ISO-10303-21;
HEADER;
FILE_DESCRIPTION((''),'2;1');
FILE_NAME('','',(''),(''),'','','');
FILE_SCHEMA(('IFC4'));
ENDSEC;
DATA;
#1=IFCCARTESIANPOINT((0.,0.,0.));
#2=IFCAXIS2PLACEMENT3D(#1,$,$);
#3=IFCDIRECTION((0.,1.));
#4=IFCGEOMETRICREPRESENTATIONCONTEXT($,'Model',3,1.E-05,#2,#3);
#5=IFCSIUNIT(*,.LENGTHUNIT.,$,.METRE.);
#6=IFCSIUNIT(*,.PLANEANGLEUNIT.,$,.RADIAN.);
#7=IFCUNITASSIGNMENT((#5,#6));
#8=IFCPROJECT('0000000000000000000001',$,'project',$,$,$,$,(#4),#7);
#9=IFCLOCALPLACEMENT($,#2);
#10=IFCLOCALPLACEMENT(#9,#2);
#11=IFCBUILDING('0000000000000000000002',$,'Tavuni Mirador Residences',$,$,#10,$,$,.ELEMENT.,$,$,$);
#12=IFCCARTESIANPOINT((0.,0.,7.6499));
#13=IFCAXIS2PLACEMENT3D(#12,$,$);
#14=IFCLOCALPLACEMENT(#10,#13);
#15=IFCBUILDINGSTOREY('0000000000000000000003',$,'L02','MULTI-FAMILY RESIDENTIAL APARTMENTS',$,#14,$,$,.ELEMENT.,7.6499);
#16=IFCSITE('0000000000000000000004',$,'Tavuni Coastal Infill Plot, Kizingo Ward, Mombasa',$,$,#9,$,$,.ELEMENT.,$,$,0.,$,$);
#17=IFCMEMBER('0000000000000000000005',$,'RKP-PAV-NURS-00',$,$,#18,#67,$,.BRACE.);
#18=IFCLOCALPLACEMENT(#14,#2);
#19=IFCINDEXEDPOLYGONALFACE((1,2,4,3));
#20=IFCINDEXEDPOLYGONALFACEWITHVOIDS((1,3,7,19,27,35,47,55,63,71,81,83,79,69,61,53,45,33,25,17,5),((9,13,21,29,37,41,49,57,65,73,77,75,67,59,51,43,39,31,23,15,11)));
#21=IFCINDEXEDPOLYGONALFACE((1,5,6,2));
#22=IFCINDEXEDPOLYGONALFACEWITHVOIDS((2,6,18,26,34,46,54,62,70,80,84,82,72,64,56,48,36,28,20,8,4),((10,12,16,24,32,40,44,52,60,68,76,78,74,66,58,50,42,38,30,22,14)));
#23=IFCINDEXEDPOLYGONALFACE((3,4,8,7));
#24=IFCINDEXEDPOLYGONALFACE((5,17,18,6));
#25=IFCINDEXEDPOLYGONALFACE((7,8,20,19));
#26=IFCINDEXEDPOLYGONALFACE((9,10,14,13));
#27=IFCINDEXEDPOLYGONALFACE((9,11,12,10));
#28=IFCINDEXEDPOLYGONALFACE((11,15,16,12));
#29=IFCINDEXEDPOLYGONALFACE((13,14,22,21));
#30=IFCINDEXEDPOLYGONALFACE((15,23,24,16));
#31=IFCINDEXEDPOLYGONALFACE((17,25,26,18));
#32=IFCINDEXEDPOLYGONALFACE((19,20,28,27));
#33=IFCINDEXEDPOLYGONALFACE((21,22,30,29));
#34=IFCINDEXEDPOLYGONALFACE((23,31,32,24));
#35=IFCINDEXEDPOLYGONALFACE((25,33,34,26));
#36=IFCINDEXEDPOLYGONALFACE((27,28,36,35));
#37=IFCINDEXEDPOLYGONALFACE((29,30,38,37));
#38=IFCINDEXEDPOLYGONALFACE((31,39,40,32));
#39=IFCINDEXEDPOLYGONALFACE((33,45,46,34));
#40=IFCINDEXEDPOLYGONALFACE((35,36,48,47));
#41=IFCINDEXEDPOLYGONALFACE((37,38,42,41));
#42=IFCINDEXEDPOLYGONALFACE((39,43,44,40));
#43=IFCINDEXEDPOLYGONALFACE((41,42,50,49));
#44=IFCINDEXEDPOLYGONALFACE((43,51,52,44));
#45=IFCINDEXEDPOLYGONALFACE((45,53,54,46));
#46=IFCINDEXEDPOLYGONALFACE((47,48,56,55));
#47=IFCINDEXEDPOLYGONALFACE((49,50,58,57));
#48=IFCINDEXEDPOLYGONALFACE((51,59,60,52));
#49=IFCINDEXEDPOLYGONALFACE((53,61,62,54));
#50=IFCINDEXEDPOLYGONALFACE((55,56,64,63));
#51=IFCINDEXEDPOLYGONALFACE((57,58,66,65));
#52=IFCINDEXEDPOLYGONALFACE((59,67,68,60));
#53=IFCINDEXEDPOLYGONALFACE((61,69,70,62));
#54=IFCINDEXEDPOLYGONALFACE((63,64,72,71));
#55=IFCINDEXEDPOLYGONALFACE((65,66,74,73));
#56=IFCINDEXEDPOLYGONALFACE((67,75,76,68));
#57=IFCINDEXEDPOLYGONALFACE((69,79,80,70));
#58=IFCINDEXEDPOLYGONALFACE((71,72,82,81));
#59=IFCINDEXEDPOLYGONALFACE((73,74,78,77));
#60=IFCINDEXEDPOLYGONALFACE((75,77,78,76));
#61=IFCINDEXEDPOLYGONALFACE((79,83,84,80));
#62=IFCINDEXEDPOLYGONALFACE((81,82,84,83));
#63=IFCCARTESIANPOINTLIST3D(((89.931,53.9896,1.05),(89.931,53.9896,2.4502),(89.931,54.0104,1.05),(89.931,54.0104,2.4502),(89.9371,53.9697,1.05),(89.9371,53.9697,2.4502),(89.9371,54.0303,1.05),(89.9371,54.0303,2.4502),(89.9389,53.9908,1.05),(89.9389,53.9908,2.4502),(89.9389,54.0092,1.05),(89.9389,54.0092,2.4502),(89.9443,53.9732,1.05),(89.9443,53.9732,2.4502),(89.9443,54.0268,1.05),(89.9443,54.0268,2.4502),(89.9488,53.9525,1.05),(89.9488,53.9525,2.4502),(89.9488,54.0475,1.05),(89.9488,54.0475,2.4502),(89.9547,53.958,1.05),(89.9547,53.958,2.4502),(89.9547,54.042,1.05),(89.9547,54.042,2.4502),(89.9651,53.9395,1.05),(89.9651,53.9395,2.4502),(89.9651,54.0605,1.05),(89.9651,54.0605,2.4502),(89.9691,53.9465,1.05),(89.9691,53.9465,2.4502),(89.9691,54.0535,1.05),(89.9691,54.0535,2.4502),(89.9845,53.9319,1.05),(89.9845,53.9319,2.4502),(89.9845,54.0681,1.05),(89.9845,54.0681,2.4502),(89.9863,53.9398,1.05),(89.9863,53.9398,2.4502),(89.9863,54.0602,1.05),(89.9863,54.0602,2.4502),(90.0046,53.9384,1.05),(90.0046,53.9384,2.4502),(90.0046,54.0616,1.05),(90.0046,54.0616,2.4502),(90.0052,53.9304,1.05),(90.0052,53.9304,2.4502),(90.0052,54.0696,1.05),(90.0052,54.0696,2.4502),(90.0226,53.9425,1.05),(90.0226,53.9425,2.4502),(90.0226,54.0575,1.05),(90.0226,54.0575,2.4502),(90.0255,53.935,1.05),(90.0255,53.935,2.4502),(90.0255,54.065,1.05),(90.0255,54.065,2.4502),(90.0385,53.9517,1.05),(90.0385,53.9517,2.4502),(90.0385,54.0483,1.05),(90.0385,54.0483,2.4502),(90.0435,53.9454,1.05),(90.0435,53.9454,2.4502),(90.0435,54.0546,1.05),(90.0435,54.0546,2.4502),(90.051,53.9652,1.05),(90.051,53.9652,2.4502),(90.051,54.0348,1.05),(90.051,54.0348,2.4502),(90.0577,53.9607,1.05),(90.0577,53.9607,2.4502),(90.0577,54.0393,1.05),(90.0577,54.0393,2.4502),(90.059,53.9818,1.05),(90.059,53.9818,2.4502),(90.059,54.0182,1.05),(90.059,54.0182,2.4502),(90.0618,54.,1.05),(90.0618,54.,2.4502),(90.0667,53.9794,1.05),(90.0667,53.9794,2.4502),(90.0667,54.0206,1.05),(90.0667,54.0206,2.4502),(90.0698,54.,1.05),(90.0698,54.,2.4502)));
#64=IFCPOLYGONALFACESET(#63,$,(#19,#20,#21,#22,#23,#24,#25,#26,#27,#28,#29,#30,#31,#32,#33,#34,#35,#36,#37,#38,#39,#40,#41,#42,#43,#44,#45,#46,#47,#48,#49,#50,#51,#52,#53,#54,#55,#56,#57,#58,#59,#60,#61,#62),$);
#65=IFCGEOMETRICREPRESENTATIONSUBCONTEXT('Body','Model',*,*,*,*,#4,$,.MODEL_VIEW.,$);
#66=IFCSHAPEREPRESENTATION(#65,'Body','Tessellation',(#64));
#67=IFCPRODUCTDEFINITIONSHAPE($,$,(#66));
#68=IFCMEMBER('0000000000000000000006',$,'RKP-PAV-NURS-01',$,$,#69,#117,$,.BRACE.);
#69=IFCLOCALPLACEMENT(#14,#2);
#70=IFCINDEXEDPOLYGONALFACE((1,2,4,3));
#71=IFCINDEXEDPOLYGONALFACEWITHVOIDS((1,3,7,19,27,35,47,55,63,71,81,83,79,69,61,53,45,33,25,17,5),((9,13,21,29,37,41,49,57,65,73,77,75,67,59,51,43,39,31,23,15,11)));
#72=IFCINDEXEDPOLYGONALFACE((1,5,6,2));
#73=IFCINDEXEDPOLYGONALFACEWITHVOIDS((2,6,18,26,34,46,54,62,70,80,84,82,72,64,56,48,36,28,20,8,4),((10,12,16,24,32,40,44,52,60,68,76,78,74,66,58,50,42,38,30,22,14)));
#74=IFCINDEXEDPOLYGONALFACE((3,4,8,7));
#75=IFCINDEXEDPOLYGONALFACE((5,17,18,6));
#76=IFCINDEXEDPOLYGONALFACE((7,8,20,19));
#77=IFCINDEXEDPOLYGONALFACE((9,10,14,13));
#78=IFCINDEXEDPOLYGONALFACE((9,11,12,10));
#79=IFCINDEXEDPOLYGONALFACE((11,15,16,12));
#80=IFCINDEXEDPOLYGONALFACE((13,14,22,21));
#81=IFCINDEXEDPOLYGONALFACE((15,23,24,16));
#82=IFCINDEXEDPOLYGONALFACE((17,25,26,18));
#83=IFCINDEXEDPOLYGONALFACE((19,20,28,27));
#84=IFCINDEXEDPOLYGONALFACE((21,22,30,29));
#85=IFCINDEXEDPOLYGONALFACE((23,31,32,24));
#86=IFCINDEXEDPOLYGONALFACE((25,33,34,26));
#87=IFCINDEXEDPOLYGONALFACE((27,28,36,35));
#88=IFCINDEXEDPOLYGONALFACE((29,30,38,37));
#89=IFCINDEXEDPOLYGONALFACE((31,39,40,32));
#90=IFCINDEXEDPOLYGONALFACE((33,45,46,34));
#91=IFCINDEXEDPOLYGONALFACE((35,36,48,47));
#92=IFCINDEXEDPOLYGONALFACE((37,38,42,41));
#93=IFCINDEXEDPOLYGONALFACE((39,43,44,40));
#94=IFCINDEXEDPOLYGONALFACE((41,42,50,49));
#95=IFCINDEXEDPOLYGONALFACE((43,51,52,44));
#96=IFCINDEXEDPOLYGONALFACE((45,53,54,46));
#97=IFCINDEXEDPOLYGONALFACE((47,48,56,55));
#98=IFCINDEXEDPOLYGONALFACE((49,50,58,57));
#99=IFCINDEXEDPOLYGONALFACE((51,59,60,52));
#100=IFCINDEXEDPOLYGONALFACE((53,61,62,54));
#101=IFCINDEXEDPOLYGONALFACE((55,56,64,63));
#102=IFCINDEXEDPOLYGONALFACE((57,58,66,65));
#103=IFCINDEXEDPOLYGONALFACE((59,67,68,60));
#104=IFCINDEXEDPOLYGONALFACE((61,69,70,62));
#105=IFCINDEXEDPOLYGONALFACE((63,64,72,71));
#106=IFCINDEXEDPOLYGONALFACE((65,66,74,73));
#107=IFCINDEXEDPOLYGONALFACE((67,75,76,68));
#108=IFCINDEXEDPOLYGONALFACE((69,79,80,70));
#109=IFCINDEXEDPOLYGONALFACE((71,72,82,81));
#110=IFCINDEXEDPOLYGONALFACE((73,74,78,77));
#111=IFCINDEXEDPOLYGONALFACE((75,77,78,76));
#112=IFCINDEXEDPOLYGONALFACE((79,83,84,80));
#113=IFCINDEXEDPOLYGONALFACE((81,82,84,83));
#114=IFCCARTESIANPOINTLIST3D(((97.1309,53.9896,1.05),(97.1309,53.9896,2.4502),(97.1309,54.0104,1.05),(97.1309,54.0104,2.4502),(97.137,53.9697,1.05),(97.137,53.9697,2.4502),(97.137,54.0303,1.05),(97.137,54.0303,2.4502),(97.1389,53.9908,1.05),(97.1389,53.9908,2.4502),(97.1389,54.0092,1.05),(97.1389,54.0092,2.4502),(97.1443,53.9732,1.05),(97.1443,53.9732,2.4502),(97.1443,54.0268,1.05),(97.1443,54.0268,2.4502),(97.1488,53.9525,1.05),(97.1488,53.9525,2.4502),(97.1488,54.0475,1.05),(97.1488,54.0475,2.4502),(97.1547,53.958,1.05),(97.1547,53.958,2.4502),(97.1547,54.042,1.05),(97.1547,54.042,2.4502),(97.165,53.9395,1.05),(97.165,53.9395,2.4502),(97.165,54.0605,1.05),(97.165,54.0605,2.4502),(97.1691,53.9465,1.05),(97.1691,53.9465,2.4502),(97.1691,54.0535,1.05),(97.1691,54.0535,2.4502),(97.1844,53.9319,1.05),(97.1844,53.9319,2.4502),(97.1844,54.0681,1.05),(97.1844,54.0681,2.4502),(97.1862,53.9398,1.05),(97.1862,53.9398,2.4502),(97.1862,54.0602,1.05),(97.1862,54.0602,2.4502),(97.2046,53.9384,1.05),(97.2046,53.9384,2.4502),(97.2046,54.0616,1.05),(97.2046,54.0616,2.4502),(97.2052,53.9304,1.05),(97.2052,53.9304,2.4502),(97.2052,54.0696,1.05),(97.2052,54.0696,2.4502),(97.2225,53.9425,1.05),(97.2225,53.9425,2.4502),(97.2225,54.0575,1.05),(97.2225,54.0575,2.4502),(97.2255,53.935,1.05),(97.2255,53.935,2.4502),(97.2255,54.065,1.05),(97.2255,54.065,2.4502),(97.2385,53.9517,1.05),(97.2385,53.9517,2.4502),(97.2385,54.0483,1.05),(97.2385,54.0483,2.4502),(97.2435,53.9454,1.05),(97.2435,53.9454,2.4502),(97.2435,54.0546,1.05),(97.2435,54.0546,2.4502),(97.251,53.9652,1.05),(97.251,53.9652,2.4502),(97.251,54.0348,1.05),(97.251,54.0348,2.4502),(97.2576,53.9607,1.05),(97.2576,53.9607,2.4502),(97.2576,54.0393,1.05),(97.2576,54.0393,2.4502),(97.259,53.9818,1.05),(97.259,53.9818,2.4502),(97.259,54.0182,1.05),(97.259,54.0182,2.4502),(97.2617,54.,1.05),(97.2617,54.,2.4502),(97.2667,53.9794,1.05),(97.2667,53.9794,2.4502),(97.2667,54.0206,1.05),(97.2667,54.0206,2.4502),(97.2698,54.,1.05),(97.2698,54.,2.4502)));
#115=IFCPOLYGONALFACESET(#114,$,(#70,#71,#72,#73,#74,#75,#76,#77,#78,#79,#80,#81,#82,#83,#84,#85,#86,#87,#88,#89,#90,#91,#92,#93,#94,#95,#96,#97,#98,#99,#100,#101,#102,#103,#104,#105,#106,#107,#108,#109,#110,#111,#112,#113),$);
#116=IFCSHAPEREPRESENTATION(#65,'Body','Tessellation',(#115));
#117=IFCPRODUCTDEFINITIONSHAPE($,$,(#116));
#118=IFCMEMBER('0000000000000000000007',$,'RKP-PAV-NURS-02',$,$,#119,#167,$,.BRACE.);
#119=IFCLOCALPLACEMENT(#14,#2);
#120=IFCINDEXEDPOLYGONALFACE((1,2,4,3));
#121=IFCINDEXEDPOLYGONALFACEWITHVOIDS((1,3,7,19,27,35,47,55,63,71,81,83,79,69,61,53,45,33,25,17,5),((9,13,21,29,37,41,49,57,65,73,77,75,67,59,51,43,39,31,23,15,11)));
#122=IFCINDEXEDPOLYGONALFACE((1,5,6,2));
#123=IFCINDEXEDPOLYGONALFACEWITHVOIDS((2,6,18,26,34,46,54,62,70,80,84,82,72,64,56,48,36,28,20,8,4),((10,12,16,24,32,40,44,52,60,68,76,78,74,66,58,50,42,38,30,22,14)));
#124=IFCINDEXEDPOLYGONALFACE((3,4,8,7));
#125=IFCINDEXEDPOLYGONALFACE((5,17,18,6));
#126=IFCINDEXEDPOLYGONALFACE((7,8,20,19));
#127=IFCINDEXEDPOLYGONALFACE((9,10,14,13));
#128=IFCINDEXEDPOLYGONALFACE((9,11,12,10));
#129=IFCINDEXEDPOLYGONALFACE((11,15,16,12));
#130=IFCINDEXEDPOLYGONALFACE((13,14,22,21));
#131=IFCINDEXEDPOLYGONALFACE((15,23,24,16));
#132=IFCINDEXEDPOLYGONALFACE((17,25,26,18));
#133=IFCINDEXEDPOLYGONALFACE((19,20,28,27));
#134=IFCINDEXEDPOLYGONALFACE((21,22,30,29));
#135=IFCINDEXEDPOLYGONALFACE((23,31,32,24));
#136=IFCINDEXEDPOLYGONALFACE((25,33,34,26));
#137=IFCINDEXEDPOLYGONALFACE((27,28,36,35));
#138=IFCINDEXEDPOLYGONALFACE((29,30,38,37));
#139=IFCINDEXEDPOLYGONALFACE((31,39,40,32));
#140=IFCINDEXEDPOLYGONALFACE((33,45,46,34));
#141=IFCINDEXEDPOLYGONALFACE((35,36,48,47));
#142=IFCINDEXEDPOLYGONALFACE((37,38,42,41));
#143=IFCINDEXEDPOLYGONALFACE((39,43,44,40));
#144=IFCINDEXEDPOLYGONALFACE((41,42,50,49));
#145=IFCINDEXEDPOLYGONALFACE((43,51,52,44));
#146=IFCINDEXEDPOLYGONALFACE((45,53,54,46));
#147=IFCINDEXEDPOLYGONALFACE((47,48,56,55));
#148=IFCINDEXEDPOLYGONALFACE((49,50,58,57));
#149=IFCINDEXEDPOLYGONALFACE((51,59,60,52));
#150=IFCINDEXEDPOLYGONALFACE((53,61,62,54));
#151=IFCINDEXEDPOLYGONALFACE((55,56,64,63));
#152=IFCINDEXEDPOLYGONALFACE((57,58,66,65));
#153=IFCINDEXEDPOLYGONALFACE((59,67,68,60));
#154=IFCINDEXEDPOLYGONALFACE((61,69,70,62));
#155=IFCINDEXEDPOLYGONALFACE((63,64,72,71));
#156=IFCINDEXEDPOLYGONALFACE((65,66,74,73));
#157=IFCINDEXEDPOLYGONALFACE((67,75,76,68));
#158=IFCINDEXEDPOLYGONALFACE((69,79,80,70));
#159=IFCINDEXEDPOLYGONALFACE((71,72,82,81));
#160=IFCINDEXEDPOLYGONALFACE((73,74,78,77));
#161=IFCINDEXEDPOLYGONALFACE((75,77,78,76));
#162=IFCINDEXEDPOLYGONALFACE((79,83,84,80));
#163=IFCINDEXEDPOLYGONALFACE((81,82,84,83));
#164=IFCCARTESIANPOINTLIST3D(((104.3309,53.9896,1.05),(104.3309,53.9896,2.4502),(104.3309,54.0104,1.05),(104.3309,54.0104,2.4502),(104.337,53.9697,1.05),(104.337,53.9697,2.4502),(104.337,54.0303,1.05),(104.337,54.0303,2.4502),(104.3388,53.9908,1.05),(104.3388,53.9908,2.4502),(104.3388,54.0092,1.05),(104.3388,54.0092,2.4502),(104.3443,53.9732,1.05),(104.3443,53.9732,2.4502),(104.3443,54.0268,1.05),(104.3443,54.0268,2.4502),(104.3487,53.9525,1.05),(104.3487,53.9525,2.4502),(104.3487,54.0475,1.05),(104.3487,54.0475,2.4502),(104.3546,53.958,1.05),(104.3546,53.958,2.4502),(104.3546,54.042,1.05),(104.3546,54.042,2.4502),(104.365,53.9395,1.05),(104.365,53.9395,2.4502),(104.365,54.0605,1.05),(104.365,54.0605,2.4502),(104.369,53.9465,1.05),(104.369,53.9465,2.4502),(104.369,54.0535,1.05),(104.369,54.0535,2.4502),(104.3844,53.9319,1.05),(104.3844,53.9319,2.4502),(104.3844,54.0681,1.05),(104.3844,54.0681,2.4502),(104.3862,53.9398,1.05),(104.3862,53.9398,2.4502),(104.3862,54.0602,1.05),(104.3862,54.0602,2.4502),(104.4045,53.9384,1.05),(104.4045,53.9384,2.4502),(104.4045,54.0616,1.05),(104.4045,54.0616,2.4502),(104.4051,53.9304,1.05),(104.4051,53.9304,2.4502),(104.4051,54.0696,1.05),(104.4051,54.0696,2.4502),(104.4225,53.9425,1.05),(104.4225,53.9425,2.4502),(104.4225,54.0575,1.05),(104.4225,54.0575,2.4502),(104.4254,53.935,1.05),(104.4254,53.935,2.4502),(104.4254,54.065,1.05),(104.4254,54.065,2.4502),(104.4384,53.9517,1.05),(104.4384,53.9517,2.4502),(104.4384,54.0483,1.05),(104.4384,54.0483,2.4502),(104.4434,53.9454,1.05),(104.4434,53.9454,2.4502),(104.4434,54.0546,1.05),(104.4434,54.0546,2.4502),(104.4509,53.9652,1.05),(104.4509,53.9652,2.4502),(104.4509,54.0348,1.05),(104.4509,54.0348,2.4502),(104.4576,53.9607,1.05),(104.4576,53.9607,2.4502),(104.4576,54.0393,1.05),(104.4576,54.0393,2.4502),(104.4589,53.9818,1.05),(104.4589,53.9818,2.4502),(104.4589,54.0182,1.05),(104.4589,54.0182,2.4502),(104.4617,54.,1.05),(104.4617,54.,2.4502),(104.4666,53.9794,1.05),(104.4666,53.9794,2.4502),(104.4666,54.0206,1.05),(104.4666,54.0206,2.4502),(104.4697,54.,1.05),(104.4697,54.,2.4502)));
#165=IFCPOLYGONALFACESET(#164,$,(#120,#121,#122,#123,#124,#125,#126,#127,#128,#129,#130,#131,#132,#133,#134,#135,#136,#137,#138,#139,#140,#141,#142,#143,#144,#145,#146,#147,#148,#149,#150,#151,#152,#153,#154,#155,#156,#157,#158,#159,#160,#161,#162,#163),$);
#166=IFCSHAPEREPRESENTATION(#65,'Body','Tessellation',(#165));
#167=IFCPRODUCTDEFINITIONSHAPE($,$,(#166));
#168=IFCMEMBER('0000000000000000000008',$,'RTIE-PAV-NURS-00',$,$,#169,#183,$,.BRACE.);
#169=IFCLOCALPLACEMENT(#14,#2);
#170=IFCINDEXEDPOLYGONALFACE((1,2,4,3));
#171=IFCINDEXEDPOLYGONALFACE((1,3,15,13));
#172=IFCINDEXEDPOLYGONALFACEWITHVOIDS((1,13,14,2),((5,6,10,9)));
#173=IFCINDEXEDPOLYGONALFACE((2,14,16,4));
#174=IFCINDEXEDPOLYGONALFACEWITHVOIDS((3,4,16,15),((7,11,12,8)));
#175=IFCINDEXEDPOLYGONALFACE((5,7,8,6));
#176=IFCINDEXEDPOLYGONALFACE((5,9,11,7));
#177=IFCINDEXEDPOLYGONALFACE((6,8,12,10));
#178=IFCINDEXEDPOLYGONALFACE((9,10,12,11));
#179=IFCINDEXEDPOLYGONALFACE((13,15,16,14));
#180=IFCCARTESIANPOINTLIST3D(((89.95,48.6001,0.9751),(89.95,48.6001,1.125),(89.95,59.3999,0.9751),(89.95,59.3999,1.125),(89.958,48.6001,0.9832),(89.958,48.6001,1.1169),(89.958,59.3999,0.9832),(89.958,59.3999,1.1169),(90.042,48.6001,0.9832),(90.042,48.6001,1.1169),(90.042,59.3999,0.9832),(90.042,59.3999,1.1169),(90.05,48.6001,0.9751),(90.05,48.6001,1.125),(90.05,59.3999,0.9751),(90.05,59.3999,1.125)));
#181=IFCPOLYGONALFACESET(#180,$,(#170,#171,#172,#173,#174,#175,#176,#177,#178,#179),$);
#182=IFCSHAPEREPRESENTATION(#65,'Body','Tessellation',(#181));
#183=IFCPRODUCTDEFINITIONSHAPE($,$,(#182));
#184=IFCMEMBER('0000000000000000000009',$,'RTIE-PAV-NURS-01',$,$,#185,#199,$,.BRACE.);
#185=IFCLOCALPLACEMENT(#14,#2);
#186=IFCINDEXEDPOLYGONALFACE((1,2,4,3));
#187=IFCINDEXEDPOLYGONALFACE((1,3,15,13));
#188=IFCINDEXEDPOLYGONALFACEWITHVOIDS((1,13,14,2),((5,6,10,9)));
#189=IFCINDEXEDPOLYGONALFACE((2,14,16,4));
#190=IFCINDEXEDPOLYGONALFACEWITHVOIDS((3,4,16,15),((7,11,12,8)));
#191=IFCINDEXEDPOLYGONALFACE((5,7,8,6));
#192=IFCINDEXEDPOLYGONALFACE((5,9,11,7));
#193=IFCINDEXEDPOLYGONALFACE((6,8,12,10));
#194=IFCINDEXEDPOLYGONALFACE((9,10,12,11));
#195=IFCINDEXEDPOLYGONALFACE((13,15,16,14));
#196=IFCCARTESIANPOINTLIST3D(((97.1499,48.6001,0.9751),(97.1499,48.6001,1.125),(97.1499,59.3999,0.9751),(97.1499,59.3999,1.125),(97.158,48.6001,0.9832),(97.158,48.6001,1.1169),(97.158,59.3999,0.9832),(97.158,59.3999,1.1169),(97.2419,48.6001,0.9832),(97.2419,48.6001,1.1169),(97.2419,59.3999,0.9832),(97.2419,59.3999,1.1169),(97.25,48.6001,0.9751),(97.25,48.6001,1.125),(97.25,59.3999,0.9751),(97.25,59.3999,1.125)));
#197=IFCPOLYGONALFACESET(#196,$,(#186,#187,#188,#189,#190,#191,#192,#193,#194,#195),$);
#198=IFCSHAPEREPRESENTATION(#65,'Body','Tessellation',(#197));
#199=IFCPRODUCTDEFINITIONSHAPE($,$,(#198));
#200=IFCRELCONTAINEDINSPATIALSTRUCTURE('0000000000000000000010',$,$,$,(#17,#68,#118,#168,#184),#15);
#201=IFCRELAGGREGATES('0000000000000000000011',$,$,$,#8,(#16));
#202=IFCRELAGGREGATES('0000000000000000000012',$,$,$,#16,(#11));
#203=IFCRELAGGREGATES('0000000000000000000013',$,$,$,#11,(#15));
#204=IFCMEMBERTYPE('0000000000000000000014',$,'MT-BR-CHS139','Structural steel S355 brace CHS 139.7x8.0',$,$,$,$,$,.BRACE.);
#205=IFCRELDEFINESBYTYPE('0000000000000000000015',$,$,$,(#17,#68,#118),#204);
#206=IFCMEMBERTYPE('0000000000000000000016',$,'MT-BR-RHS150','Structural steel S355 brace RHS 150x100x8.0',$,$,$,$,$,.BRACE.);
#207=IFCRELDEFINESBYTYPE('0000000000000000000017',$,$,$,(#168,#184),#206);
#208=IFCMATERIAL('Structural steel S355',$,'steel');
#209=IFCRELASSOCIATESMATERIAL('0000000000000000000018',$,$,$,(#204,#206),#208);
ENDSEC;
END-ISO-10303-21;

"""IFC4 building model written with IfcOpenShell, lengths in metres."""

from ifc_helpers import new_model, si_unit, direction, frame, origin, origin_2d, place, context, subcontext, project, spatial, hollow_rectangle, hollow_circle, extrude, material, material_profile, profile_set, type_object, element, save


model = new_model("IFC4")

# Units and contexts
model_context = context("Model", 3, precision=1e-05, world=origin(), true_north=direction((0.0, 1.0)))
body_context = subcontext(model_context, "Body", "Model", "MODEL_VIEW")
ifc_project = project(units=[si_unit("LENGTHUNIT", "METRE"), si_unit("PLANEANGLEUNIT", "RADIAN")], contexts=[model_context])

# Site, building, storey
site_placement = place(None, origin())
site = spatial("IfcSite", under=ifc_project, at=site_placement, Name="Tavuni Coastal Infill Plot, Kizingo Ward, Mombasa", CompositionType="ELEMENT", RefElevation=0.0)
building_placement = place(site_placement, origin())
building = spatial("IfcBuilding", under=site, at=building_placement, Name="Tavuni Mirador Residences", CompositionType="ELEMENT")
storey_placement = place(building_placement, frame((0.0, 0.0, 7.6499)))
storey = spatial("IfcBuildingStorey", under=building, at=storey_placement, Name="L02", Description="MULTI-FAMILY RESIDENTIAL APARTMENTS", CompositionType="ELEMENT", Elevation=7.6499)

# Members
ifc_material_1 = material(Name="Structural steel S355", Category="steel")
ifc_material_profile_1 = material_profile(ifc_material_1, hollow_circle(Radius=0.0698, WallThickness=0.0081, at=origin_2d()), Name="CHS 139.7x8.0", Category="steel")
ifc_profile_set_1 = profile_set([ifc_material_profile_1], Name="Structural steel S355")
member_type_1 = type_object("IfcMemberType", Name="MT-BR-CHS139", Description="Structural steel S355 brace CHS 139.7x8.0", PredefinedType="BRACE", material=ifc_profile_set_1)
for number, where, z_axis, x_axis, name in (
    (1, (90.0, 54.0, 1.05), (0.0, 0.0, 1.0), (1.0, 0.0, 0.0), "RKP-PAV-NURS-00"),
    (2, (97.2, 54.0, 1.05), (0.0, 0.0, 1.0), (1.0, 0.0, 0.0), "RKP-PAV-NURS-01"),
    (3, (104.3999, 54.0, 1.05), (0.0, 0.0, 1.0), (1.0, 0.0, 0.0), "RKP-PAV-NURS-02"),
):
    element("IfcMember", number, at=place(storey_placement, frame(where, z_axis=z_axis, x_axis=x_axis)), inside=storey, type_object=member_type_1, Name=name, PredefinedType="BRACE", context=body_context, shape_type="SweptSolid", body=[
        extrude(hollow_circle(Radius=0.0698, WallThickness=0.0081, at=origin_2d()), origin(), (0.0, 0.0, 1.0), 1.4001),
    ])
ifc_material_profile_2 = material_profile(ifc_material_1, hollow_rectangle(XDim=0.1001, YDim=0.1499, WallThickness=0.0081, at=origin_2d()), Name="RHS 150x100x8.0", Category="steel")
ifc_profile_set_2 = profile_set([ifc_material_profile_2], Name="Structural steel S355")
member_type_2 = type_object("IfcMemberType", Name="MT-BR-RHS150", Description="Structural steel S355 brace RHS 150x100x8.0", PredefinedType="BRACE", material=ifc_profile_set_2)
for number, where, z_axis, x_axis, name in (
    (4, (90.0, 48.6001, 1.05), (0.0, 1.0, 0.0), (-1.0, 0.0, 0.0), "RTIE-PAV-NURS-00"),
    (5, (97.2, 48.6001, 1.05), (0.0, 1.0, 0.0), (-1.0, 0.0, 0.0), "RTIE-PAV-NURS-01"),
):
    element("IfcMember", number, at=place(storey_placement, frame(where, z_axis=z_axis, x_axis=x_axis)), inside=storey, type_object=member_type_2, Name=name, PredefinedType="BRACE", context=body_context, shape_type="SweptSolid", body=[
        extrude(hollow_rectangle(XDim=0.1001, YDim=0.1499, WallThickness=0.0081, at=origin_2d()), origin(), (0.0, 0.0, 1.0), 10.7998),
    ])

save(model, "model.ifc")
